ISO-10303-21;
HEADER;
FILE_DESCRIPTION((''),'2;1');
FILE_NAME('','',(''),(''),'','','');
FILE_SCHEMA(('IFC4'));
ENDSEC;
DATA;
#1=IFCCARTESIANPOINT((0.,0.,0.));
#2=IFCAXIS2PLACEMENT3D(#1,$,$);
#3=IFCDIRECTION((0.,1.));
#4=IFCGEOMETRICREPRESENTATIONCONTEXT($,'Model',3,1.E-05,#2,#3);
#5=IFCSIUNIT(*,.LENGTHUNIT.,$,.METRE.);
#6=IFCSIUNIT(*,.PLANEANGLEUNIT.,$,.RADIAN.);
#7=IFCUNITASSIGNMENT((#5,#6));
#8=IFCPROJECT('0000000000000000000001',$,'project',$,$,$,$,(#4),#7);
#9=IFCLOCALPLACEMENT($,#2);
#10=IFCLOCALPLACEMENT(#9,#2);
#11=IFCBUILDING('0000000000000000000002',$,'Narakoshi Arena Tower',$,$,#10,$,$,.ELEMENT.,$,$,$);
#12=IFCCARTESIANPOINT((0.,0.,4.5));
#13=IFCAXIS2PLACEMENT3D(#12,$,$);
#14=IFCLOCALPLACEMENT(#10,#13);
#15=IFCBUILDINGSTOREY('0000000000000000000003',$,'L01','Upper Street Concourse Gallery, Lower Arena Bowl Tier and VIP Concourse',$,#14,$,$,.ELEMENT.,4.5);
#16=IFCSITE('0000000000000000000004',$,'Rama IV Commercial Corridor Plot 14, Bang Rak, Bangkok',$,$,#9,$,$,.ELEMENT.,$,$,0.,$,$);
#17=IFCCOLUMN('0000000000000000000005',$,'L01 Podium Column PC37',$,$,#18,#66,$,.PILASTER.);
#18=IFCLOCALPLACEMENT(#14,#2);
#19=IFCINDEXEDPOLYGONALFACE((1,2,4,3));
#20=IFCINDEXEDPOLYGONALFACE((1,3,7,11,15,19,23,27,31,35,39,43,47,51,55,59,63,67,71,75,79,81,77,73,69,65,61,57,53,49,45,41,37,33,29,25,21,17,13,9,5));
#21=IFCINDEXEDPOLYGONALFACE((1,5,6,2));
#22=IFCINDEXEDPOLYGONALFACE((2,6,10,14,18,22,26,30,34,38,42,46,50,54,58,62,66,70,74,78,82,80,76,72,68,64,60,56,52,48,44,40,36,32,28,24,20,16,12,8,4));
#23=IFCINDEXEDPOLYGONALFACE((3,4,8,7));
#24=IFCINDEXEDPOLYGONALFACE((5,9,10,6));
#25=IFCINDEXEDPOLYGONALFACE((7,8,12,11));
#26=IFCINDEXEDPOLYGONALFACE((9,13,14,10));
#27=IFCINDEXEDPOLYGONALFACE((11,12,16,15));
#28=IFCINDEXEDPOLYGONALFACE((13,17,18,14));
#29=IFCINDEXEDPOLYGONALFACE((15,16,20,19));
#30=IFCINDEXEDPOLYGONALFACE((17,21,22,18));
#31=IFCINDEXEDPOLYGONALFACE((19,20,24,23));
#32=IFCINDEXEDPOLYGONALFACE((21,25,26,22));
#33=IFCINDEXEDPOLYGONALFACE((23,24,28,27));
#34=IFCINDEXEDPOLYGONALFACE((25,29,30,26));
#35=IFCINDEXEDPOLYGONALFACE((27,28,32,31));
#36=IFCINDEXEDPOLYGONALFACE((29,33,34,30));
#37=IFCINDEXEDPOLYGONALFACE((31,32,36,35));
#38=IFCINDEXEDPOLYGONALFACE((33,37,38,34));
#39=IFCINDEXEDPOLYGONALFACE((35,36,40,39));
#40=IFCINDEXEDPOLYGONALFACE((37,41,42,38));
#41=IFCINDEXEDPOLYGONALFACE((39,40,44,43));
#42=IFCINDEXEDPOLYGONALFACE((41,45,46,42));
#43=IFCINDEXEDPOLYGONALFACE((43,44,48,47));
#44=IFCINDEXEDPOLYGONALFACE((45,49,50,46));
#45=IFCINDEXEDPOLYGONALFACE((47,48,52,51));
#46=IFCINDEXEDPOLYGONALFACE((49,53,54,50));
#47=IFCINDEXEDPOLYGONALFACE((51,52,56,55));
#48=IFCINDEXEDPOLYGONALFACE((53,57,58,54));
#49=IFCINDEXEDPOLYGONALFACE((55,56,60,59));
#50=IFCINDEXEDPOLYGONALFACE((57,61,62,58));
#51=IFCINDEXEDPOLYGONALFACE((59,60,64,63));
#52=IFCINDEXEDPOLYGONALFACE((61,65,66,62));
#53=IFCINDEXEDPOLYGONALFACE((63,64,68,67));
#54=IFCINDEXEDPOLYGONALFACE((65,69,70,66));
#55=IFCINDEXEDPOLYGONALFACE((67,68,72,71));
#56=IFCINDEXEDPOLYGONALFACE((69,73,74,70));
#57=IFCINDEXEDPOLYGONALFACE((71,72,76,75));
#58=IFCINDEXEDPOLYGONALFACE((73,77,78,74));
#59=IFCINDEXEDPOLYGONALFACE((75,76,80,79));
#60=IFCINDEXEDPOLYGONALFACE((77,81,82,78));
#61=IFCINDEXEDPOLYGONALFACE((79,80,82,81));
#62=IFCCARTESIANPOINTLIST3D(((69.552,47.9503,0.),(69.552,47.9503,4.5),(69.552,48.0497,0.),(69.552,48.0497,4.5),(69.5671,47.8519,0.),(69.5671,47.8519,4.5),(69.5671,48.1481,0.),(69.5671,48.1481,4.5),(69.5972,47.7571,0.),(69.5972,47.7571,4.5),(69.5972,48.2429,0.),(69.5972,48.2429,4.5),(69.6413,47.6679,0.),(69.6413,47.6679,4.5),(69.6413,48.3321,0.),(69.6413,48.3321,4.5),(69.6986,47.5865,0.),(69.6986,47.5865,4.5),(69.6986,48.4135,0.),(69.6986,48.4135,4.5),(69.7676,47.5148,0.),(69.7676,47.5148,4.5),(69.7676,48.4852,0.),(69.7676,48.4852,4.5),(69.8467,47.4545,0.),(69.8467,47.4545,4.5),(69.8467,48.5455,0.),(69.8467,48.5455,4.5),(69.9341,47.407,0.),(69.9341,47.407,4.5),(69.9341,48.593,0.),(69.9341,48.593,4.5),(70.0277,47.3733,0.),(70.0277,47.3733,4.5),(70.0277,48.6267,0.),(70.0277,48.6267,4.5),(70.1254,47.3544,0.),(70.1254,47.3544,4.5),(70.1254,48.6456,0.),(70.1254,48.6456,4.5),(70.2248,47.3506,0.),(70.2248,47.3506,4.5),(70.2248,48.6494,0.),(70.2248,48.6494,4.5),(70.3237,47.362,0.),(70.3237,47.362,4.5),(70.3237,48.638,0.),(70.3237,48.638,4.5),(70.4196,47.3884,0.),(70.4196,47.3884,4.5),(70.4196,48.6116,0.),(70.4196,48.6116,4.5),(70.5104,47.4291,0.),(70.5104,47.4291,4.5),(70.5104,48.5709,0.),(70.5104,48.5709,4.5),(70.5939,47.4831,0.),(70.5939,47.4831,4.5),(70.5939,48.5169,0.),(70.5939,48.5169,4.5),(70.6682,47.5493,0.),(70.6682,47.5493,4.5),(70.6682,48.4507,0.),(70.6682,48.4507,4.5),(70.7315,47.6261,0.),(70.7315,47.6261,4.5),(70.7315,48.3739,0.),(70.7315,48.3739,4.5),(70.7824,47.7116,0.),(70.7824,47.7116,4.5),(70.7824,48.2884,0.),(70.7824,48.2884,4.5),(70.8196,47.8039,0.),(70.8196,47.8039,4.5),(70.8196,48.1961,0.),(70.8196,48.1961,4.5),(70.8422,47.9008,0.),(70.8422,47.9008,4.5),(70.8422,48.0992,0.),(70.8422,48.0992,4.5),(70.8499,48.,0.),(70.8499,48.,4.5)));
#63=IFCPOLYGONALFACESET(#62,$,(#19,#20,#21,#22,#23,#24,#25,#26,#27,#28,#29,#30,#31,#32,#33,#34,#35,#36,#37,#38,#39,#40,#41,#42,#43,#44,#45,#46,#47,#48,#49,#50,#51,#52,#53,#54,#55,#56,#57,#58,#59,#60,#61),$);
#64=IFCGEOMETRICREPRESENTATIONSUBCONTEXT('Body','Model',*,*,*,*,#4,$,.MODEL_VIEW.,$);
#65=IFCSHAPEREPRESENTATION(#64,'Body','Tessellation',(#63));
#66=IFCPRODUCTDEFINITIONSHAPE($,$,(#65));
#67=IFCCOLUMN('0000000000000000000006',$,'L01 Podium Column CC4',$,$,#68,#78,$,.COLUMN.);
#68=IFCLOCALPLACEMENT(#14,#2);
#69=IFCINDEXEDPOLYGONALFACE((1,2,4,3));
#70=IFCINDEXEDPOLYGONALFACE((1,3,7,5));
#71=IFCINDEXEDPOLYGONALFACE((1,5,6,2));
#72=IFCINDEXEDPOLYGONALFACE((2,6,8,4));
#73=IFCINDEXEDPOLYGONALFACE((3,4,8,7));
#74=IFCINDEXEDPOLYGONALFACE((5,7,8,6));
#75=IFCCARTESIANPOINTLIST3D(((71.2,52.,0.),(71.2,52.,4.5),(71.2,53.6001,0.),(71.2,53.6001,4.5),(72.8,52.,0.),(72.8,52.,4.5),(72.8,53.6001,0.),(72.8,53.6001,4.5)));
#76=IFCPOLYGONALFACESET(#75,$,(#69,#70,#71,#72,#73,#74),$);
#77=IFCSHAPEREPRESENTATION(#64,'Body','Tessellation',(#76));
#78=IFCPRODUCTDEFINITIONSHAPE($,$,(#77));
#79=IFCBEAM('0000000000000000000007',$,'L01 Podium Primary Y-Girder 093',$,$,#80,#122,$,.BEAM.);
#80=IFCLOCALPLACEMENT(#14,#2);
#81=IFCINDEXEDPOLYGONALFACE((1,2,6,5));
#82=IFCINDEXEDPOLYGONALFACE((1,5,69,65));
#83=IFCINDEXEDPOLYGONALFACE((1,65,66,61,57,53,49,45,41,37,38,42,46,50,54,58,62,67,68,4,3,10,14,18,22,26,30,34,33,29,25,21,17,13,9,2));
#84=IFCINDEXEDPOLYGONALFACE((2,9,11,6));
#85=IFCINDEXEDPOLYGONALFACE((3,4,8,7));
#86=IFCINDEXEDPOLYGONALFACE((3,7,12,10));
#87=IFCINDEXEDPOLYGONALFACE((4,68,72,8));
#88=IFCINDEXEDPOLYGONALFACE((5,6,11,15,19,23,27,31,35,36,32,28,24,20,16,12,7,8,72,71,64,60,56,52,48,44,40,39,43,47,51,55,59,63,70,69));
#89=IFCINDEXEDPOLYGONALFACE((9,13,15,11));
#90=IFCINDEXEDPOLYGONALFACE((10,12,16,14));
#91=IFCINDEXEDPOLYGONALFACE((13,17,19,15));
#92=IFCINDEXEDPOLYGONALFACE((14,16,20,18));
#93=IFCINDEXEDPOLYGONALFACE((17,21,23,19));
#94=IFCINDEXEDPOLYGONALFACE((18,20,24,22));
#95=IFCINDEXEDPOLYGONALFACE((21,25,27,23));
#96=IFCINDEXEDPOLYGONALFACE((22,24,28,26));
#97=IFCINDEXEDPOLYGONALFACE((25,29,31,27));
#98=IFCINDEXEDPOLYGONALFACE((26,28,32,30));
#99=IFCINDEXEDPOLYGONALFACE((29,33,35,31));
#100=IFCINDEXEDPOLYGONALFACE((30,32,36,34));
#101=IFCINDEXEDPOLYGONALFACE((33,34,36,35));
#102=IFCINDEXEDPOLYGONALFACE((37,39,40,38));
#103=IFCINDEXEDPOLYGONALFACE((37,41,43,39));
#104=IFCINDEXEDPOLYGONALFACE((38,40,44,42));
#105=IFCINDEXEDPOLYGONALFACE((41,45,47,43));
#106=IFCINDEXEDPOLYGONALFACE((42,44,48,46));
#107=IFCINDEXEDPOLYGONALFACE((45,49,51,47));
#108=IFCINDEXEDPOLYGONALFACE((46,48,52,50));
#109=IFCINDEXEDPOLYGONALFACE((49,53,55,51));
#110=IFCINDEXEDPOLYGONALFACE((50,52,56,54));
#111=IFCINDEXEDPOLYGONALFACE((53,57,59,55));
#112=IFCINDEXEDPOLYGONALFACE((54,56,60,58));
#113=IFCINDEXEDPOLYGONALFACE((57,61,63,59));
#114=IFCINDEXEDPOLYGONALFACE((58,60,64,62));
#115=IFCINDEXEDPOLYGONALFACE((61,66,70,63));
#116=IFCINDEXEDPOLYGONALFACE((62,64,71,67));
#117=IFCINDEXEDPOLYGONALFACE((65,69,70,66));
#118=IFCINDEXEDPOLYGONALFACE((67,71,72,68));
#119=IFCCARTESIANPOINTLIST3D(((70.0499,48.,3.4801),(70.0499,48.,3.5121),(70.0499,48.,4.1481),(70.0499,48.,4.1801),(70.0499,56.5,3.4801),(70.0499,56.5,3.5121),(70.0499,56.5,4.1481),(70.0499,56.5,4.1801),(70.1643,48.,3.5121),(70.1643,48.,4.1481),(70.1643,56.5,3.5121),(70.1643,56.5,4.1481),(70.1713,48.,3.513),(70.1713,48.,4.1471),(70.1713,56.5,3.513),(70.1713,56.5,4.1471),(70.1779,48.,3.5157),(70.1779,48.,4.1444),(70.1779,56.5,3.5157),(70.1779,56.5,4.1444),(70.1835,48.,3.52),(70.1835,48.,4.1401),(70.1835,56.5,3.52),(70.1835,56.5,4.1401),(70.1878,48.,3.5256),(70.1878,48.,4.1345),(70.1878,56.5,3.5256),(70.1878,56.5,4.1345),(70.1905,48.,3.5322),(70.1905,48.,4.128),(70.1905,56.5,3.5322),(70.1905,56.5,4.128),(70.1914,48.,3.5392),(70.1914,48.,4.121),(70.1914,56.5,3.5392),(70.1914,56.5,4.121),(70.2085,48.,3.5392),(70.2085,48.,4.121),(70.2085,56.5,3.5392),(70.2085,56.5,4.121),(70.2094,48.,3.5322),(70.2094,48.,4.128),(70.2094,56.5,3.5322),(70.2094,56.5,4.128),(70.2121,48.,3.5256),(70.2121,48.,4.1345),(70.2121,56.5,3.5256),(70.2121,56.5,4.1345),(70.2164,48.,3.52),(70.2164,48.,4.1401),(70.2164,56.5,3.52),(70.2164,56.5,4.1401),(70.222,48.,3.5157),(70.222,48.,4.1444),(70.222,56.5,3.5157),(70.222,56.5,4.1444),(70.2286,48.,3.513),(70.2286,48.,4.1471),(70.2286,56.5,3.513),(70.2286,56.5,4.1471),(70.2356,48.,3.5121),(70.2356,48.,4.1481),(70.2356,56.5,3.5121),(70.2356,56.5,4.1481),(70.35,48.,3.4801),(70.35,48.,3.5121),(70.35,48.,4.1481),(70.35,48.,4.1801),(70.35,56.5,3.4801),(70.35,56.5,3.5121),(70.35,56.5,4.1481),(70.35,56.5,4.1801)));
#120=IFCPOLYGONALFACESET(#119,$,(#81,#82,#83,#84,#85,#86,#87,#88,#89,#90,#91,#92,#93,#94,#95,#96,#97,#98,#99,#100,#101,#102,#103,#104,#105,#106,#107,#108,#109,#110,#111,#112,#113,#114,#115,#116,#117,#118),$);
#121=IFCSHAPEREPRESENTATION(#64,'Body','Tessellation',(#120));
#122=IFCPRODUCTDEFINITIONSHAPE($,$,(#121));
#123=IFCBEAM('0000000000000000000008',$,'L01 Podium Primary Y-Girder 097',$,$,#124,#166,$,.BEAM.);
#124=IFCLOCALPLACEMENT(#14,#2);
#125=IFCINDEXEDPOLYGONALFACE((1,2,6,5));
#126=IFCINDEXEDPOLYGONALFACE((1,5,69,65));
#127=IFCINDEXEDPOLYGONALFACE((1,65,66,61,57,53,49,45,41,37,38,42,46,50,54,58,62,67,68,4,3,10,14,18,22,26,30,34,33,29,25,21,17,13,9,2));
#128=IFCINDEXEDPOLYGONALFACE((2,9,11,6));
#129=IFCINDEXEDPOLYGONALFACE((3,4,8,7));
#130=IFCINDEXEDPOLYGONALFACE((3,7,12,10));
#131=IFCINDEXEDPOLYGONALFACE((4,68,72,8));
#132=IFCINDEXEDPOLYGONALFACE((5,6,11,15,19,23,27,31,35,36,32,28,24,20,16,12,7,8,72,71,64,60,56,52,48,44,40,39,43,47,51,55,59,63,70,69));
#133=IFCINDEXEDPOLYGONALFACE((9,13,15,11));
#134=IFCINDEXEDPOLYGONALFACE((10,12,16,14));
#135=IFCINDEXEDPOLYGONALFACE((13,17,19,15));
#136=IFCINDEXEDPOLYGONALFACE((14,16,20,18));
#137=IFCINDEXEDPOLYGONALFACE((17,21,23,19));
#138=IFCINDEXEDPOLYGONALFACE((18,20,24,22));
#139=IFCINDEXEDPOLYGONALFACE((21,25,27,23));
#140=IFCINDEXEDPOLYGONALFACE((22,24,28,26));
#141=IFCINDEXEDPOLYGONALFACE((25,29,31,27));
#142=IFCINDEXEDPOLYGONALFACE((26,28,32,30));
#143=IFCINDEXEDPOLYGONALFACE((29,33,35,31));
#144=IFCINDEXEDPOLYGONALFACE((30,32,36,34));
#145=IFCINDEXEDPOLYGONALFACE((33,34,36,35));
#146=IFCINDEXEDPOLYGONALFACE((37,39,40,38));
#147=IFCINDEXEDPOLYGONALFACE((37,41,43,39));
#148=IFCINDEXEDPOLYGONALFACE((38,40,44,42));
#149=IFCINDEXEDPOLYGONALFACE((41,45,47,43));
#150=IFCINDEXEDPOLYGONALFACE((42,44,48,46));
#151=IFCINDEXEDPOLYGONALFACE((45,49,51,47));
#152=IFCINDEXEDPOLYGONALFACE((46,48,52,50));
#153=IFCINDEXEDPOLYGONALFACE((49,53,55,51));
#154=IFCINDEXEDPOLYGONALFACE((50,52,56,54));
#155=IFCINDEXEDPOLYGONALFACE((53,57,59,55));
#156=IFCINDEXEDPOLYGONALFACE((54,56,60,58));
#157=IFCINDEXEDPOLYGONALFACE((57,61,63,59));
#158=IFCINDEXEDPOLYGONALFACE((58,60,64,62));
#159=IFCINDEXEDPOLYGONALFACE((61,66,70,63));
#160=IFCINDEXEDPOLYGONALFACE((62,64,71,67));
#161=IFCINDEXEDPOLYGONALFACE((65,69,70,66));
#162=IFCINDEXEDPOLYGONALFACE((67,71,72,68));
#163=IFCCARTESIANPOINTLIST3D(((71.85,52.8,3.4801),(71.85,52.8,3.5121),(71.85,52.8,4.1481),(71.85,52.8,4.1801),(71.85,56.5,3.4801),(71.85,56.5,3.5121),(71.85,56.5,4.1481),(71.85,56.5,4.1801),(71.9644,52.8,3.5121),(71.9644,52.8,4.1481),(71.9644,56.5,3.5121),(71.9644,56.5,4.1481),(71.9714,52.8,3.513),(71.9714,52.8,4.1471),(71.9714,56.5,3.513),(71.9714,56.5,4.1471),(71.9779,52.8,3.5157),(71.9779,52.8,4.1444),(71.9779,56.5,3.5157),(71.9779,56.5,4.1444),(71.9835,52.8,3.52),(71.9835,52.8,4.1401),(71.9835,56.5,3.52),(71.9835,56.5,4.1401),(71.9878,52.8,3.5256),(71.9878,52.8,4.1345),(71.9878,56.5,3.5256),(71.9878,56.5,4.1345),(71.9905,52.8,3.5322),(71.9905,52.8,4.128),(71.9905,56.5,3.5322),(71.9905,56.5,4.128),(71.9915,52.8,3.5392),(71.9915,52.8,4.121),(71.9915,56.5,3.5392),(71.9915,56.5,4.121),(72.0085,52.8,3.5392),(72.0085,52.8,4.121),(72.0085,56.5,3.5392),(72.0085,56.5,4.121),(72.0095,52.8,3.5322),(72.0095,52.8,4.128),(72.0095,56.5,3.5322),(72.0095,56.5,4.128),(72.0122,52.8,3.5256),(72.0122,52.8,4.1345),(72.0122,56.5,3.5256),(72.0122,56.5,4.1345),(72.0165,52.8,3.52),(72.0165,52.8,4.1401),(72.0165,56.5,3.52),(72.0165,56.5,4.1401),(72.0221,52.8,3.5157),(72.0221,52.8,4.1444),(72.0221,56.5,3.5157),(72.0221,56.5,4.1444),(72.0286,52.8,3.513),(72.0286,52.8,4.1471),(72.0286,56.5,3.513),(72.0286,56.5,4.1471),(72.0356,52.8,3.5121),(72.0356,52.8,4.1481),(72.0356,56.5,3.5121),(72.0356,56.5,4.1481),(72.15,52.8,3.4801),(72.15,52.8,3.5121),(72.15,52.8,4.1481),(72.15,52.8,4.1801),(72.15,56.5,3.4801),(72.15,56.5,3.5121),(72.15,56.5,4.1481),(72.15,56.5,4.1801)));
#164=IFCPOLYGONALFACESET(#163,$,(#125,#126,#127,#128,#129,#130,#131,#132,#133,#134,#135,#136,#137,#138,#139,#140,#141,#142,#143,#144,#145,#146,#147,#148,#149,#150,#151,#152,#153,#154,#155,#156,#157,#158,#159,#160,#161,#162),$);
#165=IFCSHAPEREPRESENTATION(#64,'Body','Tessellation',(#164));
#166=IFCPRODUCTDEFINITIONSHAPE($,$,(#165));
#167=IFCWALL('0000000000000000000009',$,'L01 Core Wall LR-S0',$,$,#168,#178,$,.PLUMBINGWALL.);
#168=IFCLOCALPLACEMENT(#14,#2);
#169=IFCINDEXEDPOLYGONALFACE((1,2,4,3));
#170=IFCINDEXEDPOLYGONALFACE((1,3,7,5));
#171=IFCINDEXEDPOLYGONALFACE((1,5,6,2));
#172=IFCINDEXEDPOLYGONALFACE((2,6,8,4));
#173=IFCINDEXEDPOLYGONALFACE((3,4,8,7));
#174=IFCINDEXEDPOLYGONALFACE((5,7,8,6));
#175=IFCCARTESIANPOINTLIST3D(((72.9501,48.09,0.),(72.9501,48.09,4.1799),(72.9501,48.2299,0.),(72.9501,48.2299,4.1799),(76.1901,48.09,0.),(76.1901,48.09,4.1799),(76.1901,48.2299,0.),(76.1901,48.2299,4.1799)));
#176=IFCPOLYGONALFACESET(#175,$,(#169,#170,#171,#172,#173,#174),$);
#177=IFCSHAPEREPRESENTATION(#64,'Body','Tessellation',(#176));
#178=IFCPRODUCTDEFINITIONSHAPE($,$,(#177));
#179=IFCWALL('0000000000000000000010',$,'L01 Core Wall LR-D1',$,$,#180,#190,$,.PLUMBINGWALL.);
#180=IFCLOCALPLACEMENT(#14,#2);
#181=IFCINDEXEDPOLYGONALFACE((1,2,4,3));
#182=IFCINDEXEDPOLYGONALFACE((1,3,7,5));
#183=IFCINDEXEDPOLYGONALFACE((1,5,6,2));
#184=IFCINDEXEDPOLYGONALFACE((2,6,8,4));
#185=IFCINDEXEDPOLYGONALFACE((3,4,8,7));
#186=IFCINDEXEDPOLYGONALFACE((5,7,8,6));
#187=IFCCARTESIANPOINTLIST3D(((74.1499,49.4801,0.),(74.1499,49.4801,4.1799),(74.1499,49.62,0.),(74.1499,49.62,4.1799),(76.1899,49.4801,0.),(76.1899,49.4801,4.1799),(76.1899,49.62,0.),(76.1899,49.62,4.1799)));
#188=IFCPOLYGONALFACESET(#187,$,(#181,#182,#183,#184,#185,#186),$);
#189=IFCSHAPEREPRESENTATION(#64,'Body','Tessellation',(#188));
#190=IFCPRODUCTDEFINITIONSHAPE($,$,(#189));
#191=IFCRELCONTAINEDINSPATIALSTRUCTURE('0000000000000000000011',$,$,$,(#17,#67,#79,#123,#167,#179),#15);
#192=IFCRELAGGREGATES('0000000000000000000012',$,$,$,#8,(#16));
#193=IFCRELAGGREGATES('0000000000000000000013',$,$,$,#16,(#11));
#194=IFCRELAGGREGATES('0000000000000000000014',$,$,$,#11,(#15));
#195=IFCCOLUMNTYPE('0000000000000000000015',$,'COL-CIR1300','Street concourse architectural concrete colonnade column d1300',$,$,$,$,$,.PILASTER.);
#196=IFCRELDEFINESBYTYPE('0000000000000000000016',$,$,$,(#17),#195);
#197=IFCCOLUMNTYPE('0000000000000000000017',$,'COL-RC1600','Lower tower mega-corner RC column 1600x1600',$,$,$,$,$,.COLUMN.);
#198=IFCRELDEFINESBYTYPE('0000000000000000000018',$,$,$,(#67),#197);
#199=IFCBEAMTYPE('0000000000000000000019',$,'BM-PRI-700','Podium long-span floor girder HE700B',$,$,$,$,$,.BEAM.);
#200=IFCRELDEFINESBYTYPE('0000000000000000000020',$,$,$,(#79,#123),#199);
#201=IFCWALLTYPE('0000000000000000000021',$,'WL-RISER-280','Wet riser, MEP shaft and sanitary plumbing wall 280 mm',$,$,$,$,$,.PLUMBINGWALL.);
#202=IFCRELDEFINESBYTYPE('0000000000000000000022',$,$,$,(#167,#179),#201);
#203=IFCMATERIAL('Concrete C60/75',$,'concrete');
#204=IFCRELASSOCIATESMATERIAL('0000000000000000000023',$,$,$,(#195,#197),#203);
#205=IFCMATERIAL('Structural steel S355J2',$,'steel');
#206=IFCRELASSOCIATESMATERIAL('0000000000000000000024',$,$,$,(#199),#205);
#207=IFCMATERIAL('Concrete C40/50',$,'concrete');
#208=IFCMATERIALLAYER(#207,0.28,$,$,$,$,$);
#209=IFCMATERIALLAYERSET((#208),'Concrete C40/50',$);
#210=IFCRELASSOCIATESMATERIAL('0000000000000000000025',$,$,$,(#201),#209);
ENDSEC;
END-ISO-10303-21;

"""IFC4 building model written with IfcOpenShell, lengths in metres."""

from ifc_helpers import new_model, si_unit, direction, frame, frame_2d, origin, origin_2d, place, context, subcontext, project, spatial, rectangle, circle, i_section, extrude, material, layer, layer_set, material_profile, profile_set, type_object, element, save


model = new_model("IFC4")

# Units and contexts
model_context = context("Model", 3, precision=1e-05, world=origin(), true_north=direction((0.0, 1.0)))
body_context = subcontext(model_context, "Body", "Model", "MODEL_VIEW")
ifc_project = project(units=[si_unit("LENGTHUNIT", "METRE"), si_unit("PLANEANGLEUNIT", "RADIAN")], contexts=[model_context])

# Site, building, storey
site_placement = place(None, origin())
site = spatial("IfcSite", under=ifc_project, at=site_placement, Name="Rama IV Commercial Corridor Plot 14, Bang Rak, Bangkok", CompositionType="ELEMENT", RefElevation=0.0)
building_placement = place(site_placement, origin())
building = spatial("IfcBuilding", under=site, at=building_placement, Name="Narakoshi Arena Tower", CompositionType="ELEMENT")
storey_placement = place(building_placement, frame((0.0, 0.0, 4.5)))
storey = spatial("IfcBuildingStorey", under=building, at=storey_placement, Name="L01", Description="Upper Street Concourse Gallery, Lower Arena Bowl Tier and VIP Concourse", CompositionType="ELEMENT", Elevation=4.5)

# Columns
ifc_material_1 = material(Name="Concrete C60/75", Category="concrete")
ifc_material_profile_1 = material_profile(ifc_material_1, circle(Radius=0.6499, at=origin_2d()), Name="RCC1300")
ifc_profile_set_1 = profile_set([ifc_material_profile_1], Name="Concrete C60/75")
column_type_1 = type_object("IfcColumnType", Name="COL-CIR1300", Description="Street concourse architectural concrete colonnade column d1300", PredefinedType="PILASTER", material=ifc_profile_set_1)
column_1_placement = place(storey_placement, frame((70.2, 48.0, 0.0), z_axis=(0.0, 0.0, 1.0), x_axis=(1.0, 0.0, 0.0)))
element("IfcColumn", 1, at=column_1_placement, inside=storey, type_object=column_type_1, Name="L01 Podium Column PC37", PredefinedType="PILASTER", context=body_context, shape_type="SweptSolid", body=[
    extrude(circle(Radius=0.6499, at=origin_2d()), origin(), (0.0, 0.0, 1.0), 4.5),
])
ifc_material_profile_2 = material_profile(ifc_material_1, rectangle(XDim=1.6001, YDim=1.6001, at=origin_2d()), Name="RC1600x1600")
ifc_profile_set_2 = profile_set([ifc_material_profile_2], Name="Concrete C60/75")
column_type_2 = type_object("IfcColumnType", Name="COL-RC1600", Description="Lower tower mega-corner RC column 1600x1600", PredefinedType="COLUMN", material=ifc_profile_set_2)
column_2_placement = place(storey_placement, frame((72.0, 52.8, 0.0), z_axis=(0.0, 0.0, 1.0), x_axis=(1.0, 0.0, 0.0)))
element("IfcColumn", 2, at=column_2_placement, inside=storey, type_object=column_type_2, Name="L01 Podium Column CC4", PredefinedType="COLUMN", context=body_context, shape_type="SweptSolid", body=[
    extrude(rectangle(XDim=1.6001, YDim=1.6001, at=origin_2d()), origin(), (0.0, 0.0, 1.0), 4.5),
])

# Beams
ifc_material_2 = material(Name="Structural steel S355J2", Category="steel")
ifc_material_profile_3 = material_profile(ifc_material_2, i_section(OverallWidth=0.3, OverallDepth=0.7, WebThickness=0.0171, FlangeThickness=0.032, FilletRadius=0.0271, at=origin_2d()), Name="HE700B")
ifc_profile_set_3 = profile_set([ifc_material_profile_3], Name="Structural steel S355J2")
beam_type = type_object("IfcBeamType", Name="BM-PRI-700", Description="Podium long-span floor girder HE700B", PredefinedType="BEAM", material=ifc_profile_set_3)
beam_1_placement = place(storey_placement, frame((70.2, 48.0, 3.8301), z_axis=(0.0, 1.0, 0.0), x_axis=(-1.0, 0.0, 0.0)))
element("IfcBeam", 3, at=beam_1_placement, inside=storey, type_object=beam_type, Name="L01 Podium Primary Y-Girder 093", PredefinedType="BEAM", context=body_context, shape_type="SweptSolid", body=[
    extrude(i_section(OverallWidth=0.3, OverallDepth=0.7, WebThickness=0.0171, FlangeThickness=0.032, FilletRadius=0.0271, at=origin_2d()), origin(), (0.0, 0.0, 1.0), 8.5),
])
beam_2_placement = place(storey_placement, frame((72.0, 52.8, 3.8301), z_axis=(0.0, 1.0, 0.0), x_axis=(-1.0, 0.0, 0.0)))
element("IfcBeam", 4, at=beam_2_placement, inside=storey, type_object=beam_type, Name="L01 Podium Primary Y-Girder 097", PredefinedType="BEAM", context=body_context, shape_type="SweptSolid", body=[
    extrude(i_section(OverallWidth=0.3, OverallDepth=0.7, WebThickness=0.0171, FlangeThickness=0.032, FilletRadius=0.0271, at=origin_2d()), origin(), (0.0, 0.0, 1.0), 3.7),
])

# Walls
ifc_material_3 = material(Name="Concrete C40/50", Category="concrete")
ifc_layer_1 = layer(ifc_material_3, 0.28)
ifc_layer_set_1 = layer_set([ifc_layer_1], Name="Concrete C40/50")
wall_type_1 = type_object("IfcWallType", Name="WL-RISER-280", Description="Wet riser, MEP shaft and sanitary plumbing wall 280 mm", PredefinedType="PLUMBINGWALL", material=ifc_layer_set_1)
wall_1_placement = place(storey_placement, frame((72.95, 48.1599, 0.0), z_axis=(0.0, 0.0, 1.0), x_axis=(1.0, 0.0, 0.0)))
element("IfcWall", 5, at=wall_1_placement, inside=storey, type_object=wall_type_1, Name="L01 Core Wall LR-S0", PredefinedType="PLUMBINGWALL", context=body_context, shape_type="SweptSolid", body=[
    extrude(rectangle(XDim=3.24, YDim=0.1399, at=frame_2d((1.6201, 0.0))), origin(), (0.0, 0.0, 1.0), 4.1799),
])
for number, where, z_axis, x_axis, name in (
    (6, (74.1499, 49.55, 0.0), (0.0, 0.0, 1.0), (1.0, 0.0, 0.0), "L01 Core Wall LR-D1"),
):
    element("IfcWall", number, at=place(storey_placement, frame(where, z_axis=z_axis, x_axis=x_axis)), inside=storey, type_object=wall_type_1, Name=name, PredefinedType="PLUMBINGWALL", context=body_context, shape_type="SweptSolid", body=[
        extrude(rectangle(XDim=2.04, YDim=0.1399, at=frame_2d((1.02, 0.0))), origin(), (0.0, 0.0, 1.0), 4.1799),
    ])

save(model, "model.ifc")
